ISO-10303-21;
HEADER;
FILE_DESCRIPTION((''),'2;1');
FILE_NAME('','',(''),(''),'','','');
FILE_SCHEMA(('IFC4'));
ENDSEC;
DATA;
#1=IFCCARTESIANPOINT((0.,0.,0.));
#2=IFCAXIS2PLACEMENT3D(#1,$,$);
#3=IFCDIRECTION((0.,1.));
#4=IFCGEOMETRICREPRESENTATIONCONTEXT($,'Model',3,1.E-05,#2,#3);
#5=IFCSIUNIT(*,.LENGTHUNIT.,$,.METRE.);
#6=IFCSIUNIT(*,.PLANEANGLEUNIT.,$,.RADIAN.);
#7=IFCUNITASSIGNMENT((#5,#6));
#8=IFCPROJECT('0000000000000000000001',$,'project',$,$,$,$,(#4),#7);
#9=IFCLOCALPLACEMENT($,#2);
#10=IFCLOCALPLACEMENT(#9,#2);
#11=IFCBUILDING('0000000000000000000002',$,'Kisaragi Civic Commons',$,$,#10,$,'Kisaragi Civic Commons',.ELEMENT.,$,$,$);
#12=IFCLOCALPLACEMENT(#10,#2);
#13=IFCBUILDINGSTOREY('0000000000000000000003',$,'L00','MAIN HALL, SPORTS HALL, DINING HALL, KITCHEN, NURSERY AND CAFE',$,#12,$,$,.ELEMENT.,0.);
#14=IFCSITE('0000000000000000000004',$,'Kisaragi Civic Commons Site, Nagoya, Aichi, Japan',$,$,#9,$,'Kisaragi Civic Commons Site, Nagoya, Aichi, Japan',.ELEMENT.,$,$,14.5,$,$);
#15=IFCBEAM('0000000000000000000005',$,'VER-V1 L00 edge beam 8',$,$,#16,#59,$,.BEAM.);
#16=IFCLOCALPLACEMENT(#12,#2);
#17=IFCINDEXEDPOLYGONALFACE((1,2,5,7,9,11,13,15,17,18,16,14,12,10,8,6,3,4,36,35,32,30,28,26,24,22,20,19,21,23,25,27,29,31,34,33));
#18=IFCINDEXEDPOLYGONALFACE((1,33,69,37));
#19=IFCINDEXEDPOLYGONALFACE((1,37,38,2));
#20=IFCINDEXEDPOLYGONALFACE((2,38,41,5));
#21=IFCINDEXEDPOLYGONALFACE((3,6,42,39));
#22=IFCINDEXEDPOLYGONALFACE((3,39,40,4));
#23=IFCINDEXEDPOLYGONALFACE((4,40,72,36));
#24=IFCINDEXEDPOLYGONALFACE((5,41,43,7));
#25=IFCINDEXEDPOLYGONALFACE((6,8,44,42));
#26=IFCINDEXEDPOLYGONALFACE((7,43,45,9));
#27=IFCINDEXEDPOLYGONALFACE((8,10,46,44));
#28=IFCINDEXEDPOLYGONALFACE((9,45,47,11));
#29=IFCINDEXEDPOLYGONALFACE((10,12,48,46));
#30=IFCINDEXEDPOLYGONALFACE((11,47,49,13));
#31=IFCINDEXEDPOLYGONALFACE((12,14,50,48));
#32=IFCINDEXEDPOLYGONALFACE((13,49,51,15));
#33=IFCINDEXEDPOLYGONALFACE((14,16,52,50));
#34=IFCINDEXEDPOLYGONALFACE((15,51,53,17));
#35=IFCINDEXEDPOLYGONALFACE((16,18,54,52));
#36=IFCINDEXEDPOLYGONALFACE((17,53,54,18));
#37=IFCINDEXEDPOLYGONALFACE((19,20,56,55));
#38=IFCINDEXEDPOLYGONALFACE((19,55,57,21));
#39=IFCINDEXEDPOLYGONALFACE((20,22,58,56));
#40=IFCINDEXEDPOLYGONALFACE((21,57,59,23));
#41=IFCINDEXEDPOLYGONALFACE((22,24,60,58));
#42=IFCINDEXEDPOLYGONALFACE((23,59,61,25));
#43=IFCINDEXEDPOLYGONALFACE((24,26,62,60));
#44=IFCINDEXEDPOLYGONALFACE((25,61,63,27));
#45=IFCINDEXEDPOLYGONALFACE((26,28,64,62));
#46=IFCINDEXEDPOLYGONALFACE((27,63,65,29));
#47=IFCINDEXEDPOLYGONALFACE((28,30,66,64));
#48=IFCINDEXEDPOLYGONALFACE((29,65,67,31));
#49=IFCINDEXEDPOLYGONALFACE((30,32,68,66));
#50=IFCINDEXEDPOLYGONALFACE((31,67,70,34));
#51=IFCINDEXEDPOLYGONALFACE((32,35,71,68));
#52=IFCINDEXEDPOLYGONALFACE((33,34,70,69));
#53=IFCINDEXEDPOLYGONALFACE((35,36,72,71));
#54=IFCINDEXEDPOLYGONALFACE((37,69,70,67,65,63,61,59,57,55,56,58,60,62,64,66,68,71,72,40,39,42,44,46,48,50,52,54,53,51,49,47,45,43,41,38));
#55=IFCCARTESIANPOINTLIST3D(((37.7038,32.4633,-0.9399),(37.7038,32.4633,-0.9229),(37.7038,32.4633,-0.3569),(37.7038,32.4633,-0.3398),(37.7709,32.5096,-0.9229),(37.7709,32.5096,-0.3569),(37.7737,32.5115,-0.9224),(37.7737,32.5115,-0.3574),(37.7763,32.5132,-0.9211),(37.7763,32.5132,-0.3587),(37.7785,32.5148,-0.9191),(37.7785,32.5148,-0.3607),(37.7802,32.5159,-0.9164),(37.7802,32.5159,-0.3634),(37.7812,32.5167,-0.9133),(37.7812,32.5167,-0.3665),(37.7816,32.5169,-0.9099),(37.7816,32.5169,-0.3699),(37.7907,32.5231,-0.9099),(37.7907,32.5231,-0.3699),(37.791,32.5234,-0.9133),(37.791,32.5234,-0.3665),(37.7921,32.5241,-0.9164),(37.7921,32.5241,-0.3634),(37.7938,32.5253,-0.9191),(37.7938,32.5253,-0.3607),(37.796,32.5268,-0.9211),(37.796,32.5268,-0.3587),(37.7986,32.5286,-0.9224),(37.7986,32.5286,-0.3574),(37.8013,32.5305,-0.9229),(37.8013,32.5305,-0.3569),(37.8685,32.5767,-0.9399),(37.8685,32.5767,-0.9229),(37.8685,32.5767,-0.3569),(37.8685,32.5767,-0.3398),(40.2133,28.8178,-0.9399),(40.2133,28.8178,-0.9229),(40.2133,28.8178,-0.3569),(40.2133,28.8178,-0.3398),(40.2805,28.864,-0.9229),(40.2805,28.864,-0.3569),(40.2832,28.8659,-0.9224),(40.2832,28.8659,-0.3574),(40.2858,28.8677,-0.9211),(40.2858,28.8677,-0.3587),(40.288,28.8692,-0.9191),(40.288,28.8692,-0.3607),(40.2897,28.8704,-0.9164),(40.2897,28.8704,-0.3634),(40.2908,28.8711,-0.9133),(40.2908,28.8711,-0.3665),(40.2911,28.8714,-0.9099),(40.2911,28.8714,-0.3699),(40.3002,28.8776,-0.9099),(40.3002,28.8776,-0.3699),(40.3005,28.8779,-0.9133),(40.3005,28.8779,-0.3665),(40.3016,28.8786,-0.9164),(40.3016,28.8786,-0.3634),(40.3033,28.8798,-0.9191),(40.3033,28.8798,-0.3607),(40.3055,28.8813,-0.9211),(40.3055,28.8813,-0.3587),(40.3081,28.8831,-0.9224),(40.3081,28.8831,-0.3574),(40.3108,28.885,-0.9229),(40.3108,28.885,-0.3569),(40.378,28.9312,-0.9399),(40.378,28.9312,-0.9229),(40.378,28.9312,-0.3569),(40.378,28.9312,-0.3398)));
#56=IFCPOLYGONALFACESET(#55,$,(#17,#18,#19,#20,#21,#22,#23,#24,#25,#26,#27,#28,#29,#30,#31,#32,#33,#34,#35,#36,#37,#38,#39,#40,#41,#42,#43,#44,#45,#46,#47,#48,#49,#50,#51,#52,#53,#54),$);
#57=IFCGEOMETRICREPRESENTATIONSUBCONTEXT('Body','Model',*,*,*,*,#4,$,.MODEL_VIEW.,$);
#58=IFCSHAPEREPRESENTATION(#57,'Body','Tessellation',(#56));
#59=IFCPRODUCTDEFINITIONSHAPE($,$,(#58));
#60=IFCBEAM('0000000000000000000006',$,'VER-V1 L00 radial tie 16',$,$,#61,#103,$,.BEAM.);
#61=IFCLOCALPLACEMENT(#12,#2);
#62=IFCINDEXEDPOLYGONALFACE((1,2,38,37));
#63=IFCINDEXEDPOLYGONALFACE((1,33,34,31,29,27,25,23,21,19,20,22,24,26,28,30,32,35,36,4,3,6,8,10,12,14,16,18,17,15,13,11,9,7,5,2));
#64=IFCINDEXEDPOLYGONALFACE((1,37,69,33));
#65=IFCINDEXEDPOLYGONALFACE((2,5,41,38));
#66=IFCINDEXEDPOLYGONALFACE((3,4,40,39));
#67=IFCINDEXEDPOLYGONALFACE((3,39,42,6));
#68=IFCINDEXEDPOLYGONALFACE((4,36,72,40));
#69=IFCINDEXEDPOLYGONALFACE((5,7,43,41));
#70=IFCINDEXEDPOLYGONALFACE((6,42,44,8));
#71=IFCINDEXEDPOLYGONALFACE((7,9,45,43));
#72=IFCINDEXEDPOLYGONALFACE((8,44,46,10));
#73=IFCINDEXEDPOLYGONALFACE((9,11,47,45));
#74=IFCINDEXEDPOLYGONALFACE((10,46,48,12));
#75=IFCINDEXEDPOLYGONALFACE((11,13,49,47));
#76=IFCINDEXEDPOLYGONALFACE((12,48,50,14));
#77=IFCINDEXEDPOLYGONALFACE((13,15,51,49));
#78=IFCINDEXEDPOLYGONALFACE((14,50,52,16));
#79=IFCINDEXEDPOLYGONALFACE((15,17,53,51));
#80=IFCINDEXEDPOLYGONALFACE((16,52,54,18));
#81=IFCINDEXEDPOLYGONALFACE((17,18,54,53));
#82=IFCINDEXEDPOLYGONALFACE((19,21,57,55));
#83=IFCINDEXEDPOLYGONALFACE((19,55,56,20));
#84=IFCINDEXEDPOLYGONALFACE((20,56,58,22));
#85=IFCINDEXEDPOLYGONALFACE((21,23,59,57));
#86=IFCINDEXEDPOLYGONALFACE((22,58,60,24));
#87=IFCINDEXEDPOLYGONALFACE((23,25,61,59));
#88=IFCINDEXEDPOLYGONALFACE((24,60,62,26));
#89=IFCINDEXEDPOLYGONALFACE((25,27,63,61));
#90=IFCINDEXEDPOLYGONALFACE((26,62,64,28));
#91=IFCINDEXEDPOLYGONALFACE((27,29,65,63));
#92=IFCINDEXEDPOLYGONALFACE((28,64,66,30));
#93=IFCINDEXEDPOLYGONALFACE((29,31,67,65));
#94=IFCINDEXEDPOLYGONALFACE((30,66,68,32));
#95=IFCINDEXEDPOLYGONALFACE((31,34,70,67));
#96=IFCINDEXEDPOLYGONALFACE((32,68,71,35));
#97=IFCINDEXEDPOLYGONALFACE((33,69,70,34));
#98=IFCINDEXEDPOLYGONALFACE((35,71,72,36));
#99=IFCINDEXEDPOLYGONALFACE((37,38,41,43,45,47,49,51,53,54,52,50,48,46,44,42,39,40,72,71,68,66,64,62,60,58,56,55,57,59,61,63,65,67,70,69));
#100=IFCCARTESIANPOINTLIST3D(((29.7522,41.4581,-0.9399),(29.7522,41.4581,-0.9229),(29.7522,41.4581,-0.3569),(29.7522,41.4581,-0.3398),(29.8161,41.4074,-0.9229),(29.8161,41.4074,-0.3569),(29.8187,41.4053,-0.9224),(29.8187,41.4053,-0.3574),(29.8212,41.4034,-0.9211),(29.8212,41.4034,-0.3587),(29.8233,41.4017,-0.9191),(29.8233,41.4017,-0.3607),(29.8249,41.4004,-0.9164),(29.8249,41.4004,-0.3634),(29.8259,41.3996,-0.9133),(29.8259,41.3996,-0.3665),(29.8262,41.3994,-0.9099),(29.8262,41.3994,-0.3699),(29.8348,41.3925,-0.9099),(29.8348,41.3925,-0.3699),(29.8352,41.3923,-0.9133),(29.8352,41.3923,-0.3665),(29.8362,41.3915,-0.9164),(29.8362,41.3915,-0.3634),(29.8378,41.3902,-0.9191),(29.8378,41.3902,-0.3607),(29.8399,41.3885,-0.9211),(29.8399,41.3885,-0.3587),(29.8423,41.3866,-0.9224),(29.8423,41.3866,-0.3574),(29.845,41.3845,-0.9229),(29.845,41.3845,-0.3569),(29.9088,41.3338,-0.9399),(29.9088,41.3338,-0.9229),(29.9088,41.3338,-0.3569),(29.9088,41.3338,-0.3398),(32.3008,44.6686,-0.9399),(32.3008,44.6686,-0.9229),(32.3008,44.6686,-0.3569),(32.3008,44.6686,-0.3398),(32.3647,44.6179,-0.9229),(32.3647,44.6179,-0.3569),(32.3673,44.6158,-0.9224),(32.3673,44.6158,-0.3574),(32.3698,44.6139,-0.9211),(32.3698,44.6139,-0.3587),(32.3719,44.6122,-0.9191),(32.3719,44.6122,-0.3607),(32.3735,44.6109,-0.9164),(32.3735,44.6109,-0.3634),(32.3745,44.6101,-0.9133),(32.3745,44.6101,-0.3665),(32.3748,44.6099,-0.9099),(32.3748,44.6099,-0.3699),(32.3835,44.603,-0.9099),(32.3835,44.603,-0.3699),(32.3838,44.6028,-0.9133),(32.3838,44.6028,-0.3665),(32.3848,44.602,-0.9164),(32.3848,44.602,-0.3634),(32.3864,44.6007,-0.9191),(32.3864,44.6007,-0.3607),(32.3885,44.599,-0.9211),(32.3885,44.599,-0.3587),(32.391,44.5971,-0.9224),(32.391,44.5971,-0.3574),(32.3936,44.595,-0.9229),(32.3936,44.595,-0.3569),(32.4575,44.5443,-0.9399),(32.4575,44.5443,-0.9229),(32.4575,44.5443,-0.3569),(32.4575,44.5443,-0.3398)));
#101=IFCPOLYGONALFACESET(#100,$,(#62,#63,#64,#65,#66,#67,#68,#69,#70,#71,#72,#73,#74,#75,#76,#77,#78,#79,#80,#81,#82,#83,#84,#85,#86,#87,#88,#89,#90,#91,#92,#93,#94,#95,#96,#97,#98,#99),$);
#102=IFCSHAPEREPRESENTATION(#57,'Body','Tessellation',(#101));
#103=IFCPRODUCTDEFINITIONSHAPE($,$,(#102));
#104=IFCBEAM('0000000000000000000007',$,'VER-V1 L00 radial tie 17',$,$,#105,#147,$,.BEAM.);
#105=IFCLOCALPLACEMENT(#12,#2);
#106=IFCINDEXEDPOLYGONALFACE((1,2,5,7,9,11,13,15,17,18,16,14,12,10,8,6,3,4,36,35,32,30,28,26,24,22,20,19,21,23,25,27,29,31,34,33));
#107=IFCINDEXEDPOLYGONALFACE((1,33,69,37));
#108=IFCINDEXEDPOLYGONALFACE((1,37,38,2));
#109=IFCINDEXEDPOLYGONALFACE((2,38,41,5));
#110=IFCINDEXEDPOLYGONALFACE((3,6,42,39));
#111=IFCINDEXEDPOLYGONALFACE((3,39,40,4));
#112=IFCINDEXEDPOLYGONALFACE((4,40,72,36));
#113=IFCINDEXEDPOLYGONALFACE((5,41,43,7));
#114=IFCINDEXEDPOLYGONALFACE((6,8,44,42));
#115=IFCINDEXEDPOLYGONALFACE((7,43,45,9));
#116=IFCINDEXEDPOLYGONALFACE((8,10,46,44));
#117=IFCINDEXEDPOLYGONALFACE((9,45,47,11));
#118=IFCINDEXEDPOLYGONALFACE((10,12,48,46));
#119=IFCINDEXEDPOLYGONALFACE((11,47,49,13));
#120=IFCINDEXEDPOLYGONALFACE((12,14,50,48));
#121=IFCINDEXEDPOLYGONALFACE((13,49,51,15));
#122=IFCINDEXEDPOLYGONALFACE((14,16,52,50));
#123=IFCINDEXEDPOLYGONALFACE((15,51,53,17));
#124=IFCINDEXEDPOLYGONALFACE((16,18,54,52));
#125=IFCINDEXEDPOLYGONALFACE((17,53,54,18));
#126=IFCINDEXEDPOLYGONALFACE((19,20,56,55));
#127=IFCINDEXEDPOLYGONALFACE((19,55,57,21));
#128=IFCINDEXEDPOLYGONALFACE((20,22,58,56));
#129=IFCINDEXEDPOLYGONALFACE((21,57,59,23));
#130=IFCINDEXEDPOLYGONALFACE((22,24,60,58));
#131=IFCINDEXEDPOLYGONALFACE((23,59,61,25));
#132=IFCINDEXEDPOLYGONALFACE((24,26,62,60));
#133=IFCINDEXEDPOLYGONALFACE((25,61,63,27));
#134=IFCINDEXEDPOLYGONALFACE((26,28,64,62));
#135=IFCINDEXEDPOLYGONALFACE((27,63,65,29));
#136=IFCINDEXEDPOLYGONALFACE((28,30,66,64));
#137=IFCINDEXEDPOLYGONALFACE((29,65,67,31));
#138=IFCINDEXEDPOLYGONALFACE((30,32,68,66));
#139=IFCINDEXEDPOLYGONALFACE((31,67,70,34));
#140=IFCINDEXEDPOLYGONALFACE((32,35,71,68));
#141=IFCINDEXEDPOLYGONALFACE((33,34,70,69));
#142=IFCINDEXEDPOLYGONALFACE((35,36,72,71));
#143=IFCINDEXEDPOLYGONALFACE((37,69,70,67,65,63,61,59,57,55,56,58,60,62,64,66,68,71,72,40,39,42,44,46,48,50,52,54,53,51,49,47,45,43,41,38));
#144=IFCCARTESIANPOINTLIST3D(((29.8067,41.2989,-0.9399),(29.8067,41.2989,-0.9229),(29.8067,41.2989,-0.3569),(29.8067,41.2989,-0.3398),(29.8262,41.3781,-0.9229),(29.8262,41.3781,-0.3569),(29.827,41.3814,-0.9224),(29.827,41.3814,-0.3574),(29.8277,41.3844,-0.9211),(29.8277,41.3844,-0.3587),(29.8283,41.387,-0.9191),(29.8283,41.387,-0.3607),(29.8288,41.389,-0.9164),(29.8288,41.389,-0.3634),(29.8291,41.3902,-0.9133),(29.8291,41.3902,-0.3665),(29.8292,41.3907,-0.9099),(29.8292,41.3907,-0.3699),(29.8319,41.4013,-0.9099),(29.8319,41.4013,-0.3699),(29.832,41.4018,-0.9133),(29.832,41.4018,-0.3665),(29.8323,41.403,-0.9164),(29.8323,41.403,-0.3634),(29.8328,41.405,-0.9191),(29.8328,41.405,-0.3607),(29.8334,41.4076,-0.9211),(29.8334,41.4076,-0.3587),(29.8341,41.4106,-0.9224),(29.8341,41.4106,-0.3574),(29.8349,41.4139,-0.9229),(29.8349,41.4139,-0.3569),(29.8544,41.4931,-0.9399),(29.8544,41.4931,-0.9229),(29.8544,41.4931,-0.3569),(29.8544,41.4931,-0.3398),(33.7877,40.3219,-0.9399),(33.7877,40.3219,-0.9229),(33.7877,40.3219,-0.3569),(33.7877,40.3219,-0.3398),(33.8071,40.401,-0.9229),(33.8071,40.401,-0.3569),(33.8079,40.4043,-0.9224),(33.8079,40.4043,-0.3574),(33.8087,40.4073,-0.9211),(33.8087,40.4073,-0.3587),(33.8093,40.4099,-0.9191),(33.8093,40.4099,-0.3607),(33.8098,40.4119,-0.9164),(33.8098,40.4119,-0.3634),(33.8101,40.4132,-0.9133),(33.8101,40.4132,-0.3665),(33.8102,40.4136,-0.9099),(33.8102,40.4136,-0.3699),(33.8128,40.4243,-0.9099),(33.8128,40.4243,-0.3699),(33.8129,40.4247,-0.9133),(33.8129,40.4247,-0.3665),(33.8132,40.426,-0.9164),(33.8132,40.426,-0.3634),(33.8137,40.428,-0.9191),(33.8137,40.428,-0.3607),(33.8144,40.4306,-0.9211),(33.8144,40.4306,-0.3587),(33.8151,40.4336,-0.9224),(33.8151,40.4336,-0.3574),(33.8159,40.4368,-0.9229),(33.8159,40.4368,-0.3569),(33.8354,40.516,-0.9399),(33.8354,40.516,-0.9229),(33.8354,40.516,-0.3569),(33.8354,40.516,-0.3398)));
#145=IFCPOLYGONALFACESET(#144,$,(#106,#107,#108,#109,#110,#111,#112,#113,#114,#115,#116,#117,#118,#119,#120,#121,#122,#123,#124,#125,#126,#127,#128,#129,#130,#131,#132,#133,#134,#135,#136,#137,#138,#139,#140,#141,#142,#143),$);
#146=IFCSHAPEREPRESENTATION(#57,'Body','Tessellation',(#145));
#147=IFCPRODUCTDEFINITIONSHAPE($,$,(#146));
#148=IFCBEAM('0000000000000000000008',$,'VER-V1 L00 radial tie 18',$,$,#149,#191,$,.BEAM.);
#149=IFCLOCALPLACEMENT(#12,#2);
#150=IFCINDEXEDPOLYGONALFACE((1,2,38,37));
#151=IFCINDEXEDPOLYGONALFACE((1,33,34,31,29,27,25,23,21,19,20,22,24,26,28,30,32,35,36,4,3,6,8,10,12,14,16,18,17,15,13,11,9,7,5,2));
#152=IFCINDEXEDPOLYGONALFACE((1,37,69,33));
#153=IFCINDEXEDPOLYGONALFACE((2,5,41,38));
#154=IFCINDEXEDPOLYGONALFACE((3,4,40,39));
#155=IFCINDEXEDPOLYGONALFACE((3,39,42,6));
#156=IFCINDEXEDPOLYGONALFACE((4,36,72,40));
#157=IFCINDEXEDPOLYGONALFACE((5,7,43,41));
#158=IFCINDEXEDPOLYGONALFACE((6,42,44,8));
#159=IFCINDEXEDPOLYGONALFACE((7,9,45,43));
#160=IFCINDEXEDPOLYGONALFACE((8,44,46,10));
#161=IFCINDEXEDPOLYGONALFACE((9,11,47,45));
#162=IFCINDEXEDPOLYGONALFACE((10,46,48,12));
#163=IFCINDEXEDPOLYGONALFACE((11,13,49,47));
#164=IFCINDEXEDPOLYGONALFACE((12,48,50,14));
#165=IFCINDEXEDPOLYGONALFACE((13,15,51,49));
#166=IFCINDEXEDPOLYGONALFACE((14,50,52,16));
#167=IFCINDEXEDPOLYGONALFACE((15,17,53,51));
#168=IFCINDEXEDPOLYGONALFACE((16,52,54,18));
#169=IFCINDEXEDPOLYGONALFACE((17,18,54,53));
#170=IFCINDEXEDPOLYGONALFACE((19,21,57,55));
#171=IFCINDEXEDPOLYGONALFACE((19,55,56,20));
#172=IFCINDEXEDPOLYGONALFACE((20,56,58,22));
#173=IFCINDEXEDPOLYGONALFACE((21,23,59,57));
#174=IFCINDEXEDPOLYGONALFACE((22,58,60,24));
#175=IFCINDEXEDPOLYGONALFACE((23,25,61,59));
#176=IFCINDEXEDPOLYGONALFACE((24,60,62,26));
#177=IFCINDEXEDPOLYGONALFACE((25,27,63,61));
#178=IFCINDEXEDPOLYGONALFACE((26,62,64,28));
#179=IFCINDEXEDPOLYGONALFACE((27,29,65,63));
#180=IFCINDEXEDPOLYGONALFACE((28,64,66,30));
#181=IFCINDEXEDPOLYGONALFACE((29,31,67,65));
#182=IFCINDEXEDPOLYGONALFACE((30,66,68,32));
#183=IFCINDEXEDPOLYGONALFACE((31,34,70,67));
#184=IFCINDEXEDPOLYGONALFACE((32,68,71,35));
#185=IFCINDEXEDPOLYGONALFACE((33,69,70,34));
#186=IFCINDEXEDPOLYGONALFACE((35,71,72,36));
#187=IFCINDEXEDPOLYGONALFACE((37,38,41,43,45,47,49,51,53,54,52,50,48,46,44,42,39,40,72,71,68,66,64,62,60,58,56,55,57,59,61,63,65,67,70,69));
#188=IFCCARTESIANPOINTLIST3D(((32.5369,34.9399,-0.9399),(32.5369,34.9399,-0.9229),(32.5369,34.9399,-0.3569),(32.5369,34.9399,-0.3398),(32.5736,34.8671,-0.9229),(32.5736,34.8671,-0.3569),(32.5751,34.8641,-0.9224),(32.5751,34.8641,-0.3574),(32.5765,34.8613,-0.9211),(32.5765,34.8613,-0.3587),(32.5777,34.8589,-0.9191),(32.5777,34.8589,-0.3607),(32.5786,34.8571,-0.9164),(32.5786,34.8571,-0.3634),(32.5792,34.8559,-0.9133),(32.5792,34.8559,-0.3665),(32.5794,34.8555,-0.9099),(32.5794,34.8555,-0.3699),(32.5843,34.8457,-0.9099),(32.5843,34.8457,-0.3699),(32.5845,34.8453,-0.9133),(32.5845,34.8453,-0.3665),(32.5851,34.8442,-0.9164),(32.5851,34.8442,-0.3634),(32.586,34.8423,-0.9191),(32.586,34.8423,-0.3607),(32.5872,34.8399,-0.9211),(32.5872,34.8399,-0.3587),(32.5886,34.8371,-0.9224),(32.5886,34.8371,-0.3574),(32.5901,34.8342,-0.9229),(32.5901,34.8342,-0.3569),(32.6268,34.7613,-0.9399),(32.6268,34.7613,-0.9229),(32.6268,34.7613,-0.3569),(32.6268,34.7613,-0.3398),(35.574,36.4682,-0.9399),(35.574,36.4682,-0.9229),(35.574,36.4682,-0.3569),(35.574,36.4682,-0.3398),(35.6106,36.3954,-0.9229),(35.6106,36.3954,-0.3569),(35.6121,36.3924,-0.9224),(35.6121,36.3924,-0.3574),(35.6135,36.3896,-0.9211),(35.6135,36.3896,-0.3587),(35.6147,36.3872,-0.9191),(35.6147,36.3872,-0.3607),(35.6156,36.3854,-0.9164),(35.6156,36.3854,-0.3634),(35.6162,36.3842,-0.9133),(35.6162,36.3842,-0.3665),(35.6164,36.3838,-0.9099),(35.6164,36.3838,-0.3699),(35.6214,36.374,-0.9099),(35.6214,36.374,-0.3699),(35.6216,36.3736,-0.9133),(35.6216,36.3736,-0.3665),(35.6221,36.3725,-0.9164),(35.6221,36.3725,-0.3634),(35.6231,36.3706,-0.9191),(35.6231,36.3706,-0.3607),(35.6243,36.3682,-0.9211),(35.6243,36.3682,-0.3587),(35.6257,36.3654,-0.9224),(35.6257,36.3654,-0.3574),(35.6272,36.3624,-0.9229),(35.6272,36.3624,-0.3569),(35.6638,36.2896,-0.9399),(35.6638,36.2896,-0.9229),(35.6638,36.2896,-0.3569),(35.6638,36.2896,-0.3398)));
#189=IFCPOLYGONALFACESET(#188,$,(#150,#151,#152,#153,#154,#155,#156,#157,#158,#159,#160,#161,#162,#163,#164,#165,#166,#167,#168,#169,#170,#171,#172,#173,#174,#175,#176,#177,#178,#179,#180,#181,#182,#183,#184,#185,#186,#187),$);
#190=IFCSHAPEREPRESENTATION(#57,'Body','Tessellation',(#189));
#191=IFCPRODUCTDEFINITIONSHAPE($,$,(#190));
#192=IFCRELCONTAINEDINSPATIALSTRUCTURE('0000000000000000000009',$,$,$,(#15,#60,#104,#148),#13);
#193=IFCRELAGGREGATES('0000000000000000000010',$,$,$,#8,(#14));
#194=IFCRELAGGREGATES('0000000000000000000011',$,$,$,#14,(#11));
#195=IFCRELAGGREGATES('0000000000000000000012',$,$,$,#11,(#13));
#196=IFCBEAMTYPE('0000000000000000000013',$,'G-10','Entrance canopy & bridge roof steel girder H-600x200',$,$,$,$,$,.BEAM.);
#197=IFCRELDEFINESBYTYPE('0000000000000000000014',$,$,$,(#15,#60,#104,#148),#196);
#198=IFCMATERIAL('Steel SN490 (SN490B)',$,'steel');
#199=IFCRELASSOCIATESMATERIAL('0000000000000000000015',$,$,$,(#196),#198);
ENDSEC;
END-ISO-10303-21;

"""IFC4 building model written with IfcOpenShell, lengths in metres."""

from ifc_helpers import new_model, si_unit, direction, frame, origin, origin_2d, place, context, subcontext, project, spatial, i_section, extrude, material, material_profile, profile_set, type_object, element, save


model = new_model("IFC4")

# Units and contexts
model_context = context("Model", 3, precision=1e-05, world=origin(), true_north=direction((0.0, 1.0)))
body_context = subcontext(model_context, "Body", "Model", "MODEL_VIEW")
ifc_project = project(units=[si_unit("LENGTHUNIT", "METRE"), si_unit("PLANEANGLEUNIT", "RADIAN")], contexts=[model_context])

# Site, building, storey
site_placement = place(None, origin())
site = spatial("IfcSite", under=ifc_project, at=site_placement, Name="Kisaragi Civic Commons Site, Nagoya, Aichi, Japan", LongName="Kisaragi Civic Commons Site, Nagoya, Aichi, Japan", CompositionType="ELEMENT", RefElevation=14.5)
building_placement = place(site_placement, origin())
building = spatial("IfcBuilding", under=site, at=building_placement, Name="Kisaragi Civic Commons", LongName="Kisaragi Civic Commons", CompositionType="ELEMENT")
storey_placement = place(building_placement, origin())
storey = spatial("IfcBuildingStorey", under=building, at=storey_placement, Name="L00", Description="MAIN HALL, SPORTS HALL, DINING HALL, KITCHEN, NURSERY AND CAFE", CompositionType="ELEMENT", Elevation=0.0)

# Beams
ifc_material_1 = material(Name="Steel SN490 (SN490B)", Category="steel")
ifc_material_profile_1 = material_profile(ifc_material_1, i_section(OverallWidth=0.2, OverallDepth=0.6001, WebThickness=0.011, FlangeThickness=0.0171, FilletRadius=0.0129, at=origin_2d()), Name="H-600x200x11x17", Category="steel")
ifc_profile_set_1 = profile_set([ifc_material_profile_1], Name="Steel SN490 (SN490B)")
beam_type_1 = type_object("IfcBeamType", Name="G-10", Description="Entrance canopy & bridge roof steel girder H-600x200", PredefinedType="BEAM", material=ifc_profile_set_1)
for number, where, z_axis, x_axis, name in (
    (1, (37.7861, 32.52, -0.6399), (0.567025, -0.823701, 0.0), (0.823701, 0.567025, 0.0), "VER-V1 L00 edge beam 8"),
):
    element("IfcBeam", number, at=place(storey_placement, frame(where, z_axis=z_axis, x_axis=x_axis)), inside=storey, type_object=beam_type_1, Name=name, PredefinedType="BEAM", context=body_context, shape_type="SweptSolid", body=[
        extrude(i_section(OverallWidth=0.2, OverallDepth=0.6001, WebThickness=0.011, FlangeThickness=0.0171, FilletRadius=0.0129, at=origin_2d()), origin(), (0.0, 0.0, 1.0), 4.4258),
    ])
for number, where, z_axis, x_axis, name in (
    (2, (32.3792, 44.6064, -0.6399), (-0.621749, -0.783217, 0.0), (0.783217, -0.621749, 0.0), "VER-V1 L00 radial tie 16"),
    (3, (33.8115, 40.4189, -0.6399), (-0.971178, 0.238357, 0.0), (-0.238357, -0.971178, 0.0), "VER-V1 L00 radial tie 17"),
):
    element("IfcBeam", number, at=place(storey_placement, frame(where, z_axis=z_axis, x_axis=x_axis)), inside=storey, type_object=beam_type_1, Name=name, PredefinedType="BEAM", context=body_context, shape_type="SweptSolid", body=[
        extrude(i_section(OverallWidth=0.2, OverallDepth=0.6001, WebThickness=0.011, FlangeThickness=0.0171, FilletRadius=0.0129, at=origin_2d()), origin(), (0.0, 0.0, 1.0), 4.0991),
    ])
beam_1_placement = place(storey_placement, frame((35.6189, 36.3789, -0.6399), z_axis=(-0.893275, -0.44951, 0.0), x_axis=(0.44951, -0.893275, 0.0)))
element("IfcBeam", 4, at=beam_1_placement, inside=storey, type_object=beam_type_1, Name="VER-V1 L00 radial tie 18", PredefinedType="BEAM", context=body_context, shape_type="SweptSolid", body=[
    extrude(i_section(OverallWidth=0.2, OverallDepth=0.6001, WebThickness=0.011, FlangeThickness=0.0171, FilletRadius=0.0129, at=origin_2d()), origin(), (0.0, 0.0, 1.0), 3.3999),
])

save(model, "model.ifc")
